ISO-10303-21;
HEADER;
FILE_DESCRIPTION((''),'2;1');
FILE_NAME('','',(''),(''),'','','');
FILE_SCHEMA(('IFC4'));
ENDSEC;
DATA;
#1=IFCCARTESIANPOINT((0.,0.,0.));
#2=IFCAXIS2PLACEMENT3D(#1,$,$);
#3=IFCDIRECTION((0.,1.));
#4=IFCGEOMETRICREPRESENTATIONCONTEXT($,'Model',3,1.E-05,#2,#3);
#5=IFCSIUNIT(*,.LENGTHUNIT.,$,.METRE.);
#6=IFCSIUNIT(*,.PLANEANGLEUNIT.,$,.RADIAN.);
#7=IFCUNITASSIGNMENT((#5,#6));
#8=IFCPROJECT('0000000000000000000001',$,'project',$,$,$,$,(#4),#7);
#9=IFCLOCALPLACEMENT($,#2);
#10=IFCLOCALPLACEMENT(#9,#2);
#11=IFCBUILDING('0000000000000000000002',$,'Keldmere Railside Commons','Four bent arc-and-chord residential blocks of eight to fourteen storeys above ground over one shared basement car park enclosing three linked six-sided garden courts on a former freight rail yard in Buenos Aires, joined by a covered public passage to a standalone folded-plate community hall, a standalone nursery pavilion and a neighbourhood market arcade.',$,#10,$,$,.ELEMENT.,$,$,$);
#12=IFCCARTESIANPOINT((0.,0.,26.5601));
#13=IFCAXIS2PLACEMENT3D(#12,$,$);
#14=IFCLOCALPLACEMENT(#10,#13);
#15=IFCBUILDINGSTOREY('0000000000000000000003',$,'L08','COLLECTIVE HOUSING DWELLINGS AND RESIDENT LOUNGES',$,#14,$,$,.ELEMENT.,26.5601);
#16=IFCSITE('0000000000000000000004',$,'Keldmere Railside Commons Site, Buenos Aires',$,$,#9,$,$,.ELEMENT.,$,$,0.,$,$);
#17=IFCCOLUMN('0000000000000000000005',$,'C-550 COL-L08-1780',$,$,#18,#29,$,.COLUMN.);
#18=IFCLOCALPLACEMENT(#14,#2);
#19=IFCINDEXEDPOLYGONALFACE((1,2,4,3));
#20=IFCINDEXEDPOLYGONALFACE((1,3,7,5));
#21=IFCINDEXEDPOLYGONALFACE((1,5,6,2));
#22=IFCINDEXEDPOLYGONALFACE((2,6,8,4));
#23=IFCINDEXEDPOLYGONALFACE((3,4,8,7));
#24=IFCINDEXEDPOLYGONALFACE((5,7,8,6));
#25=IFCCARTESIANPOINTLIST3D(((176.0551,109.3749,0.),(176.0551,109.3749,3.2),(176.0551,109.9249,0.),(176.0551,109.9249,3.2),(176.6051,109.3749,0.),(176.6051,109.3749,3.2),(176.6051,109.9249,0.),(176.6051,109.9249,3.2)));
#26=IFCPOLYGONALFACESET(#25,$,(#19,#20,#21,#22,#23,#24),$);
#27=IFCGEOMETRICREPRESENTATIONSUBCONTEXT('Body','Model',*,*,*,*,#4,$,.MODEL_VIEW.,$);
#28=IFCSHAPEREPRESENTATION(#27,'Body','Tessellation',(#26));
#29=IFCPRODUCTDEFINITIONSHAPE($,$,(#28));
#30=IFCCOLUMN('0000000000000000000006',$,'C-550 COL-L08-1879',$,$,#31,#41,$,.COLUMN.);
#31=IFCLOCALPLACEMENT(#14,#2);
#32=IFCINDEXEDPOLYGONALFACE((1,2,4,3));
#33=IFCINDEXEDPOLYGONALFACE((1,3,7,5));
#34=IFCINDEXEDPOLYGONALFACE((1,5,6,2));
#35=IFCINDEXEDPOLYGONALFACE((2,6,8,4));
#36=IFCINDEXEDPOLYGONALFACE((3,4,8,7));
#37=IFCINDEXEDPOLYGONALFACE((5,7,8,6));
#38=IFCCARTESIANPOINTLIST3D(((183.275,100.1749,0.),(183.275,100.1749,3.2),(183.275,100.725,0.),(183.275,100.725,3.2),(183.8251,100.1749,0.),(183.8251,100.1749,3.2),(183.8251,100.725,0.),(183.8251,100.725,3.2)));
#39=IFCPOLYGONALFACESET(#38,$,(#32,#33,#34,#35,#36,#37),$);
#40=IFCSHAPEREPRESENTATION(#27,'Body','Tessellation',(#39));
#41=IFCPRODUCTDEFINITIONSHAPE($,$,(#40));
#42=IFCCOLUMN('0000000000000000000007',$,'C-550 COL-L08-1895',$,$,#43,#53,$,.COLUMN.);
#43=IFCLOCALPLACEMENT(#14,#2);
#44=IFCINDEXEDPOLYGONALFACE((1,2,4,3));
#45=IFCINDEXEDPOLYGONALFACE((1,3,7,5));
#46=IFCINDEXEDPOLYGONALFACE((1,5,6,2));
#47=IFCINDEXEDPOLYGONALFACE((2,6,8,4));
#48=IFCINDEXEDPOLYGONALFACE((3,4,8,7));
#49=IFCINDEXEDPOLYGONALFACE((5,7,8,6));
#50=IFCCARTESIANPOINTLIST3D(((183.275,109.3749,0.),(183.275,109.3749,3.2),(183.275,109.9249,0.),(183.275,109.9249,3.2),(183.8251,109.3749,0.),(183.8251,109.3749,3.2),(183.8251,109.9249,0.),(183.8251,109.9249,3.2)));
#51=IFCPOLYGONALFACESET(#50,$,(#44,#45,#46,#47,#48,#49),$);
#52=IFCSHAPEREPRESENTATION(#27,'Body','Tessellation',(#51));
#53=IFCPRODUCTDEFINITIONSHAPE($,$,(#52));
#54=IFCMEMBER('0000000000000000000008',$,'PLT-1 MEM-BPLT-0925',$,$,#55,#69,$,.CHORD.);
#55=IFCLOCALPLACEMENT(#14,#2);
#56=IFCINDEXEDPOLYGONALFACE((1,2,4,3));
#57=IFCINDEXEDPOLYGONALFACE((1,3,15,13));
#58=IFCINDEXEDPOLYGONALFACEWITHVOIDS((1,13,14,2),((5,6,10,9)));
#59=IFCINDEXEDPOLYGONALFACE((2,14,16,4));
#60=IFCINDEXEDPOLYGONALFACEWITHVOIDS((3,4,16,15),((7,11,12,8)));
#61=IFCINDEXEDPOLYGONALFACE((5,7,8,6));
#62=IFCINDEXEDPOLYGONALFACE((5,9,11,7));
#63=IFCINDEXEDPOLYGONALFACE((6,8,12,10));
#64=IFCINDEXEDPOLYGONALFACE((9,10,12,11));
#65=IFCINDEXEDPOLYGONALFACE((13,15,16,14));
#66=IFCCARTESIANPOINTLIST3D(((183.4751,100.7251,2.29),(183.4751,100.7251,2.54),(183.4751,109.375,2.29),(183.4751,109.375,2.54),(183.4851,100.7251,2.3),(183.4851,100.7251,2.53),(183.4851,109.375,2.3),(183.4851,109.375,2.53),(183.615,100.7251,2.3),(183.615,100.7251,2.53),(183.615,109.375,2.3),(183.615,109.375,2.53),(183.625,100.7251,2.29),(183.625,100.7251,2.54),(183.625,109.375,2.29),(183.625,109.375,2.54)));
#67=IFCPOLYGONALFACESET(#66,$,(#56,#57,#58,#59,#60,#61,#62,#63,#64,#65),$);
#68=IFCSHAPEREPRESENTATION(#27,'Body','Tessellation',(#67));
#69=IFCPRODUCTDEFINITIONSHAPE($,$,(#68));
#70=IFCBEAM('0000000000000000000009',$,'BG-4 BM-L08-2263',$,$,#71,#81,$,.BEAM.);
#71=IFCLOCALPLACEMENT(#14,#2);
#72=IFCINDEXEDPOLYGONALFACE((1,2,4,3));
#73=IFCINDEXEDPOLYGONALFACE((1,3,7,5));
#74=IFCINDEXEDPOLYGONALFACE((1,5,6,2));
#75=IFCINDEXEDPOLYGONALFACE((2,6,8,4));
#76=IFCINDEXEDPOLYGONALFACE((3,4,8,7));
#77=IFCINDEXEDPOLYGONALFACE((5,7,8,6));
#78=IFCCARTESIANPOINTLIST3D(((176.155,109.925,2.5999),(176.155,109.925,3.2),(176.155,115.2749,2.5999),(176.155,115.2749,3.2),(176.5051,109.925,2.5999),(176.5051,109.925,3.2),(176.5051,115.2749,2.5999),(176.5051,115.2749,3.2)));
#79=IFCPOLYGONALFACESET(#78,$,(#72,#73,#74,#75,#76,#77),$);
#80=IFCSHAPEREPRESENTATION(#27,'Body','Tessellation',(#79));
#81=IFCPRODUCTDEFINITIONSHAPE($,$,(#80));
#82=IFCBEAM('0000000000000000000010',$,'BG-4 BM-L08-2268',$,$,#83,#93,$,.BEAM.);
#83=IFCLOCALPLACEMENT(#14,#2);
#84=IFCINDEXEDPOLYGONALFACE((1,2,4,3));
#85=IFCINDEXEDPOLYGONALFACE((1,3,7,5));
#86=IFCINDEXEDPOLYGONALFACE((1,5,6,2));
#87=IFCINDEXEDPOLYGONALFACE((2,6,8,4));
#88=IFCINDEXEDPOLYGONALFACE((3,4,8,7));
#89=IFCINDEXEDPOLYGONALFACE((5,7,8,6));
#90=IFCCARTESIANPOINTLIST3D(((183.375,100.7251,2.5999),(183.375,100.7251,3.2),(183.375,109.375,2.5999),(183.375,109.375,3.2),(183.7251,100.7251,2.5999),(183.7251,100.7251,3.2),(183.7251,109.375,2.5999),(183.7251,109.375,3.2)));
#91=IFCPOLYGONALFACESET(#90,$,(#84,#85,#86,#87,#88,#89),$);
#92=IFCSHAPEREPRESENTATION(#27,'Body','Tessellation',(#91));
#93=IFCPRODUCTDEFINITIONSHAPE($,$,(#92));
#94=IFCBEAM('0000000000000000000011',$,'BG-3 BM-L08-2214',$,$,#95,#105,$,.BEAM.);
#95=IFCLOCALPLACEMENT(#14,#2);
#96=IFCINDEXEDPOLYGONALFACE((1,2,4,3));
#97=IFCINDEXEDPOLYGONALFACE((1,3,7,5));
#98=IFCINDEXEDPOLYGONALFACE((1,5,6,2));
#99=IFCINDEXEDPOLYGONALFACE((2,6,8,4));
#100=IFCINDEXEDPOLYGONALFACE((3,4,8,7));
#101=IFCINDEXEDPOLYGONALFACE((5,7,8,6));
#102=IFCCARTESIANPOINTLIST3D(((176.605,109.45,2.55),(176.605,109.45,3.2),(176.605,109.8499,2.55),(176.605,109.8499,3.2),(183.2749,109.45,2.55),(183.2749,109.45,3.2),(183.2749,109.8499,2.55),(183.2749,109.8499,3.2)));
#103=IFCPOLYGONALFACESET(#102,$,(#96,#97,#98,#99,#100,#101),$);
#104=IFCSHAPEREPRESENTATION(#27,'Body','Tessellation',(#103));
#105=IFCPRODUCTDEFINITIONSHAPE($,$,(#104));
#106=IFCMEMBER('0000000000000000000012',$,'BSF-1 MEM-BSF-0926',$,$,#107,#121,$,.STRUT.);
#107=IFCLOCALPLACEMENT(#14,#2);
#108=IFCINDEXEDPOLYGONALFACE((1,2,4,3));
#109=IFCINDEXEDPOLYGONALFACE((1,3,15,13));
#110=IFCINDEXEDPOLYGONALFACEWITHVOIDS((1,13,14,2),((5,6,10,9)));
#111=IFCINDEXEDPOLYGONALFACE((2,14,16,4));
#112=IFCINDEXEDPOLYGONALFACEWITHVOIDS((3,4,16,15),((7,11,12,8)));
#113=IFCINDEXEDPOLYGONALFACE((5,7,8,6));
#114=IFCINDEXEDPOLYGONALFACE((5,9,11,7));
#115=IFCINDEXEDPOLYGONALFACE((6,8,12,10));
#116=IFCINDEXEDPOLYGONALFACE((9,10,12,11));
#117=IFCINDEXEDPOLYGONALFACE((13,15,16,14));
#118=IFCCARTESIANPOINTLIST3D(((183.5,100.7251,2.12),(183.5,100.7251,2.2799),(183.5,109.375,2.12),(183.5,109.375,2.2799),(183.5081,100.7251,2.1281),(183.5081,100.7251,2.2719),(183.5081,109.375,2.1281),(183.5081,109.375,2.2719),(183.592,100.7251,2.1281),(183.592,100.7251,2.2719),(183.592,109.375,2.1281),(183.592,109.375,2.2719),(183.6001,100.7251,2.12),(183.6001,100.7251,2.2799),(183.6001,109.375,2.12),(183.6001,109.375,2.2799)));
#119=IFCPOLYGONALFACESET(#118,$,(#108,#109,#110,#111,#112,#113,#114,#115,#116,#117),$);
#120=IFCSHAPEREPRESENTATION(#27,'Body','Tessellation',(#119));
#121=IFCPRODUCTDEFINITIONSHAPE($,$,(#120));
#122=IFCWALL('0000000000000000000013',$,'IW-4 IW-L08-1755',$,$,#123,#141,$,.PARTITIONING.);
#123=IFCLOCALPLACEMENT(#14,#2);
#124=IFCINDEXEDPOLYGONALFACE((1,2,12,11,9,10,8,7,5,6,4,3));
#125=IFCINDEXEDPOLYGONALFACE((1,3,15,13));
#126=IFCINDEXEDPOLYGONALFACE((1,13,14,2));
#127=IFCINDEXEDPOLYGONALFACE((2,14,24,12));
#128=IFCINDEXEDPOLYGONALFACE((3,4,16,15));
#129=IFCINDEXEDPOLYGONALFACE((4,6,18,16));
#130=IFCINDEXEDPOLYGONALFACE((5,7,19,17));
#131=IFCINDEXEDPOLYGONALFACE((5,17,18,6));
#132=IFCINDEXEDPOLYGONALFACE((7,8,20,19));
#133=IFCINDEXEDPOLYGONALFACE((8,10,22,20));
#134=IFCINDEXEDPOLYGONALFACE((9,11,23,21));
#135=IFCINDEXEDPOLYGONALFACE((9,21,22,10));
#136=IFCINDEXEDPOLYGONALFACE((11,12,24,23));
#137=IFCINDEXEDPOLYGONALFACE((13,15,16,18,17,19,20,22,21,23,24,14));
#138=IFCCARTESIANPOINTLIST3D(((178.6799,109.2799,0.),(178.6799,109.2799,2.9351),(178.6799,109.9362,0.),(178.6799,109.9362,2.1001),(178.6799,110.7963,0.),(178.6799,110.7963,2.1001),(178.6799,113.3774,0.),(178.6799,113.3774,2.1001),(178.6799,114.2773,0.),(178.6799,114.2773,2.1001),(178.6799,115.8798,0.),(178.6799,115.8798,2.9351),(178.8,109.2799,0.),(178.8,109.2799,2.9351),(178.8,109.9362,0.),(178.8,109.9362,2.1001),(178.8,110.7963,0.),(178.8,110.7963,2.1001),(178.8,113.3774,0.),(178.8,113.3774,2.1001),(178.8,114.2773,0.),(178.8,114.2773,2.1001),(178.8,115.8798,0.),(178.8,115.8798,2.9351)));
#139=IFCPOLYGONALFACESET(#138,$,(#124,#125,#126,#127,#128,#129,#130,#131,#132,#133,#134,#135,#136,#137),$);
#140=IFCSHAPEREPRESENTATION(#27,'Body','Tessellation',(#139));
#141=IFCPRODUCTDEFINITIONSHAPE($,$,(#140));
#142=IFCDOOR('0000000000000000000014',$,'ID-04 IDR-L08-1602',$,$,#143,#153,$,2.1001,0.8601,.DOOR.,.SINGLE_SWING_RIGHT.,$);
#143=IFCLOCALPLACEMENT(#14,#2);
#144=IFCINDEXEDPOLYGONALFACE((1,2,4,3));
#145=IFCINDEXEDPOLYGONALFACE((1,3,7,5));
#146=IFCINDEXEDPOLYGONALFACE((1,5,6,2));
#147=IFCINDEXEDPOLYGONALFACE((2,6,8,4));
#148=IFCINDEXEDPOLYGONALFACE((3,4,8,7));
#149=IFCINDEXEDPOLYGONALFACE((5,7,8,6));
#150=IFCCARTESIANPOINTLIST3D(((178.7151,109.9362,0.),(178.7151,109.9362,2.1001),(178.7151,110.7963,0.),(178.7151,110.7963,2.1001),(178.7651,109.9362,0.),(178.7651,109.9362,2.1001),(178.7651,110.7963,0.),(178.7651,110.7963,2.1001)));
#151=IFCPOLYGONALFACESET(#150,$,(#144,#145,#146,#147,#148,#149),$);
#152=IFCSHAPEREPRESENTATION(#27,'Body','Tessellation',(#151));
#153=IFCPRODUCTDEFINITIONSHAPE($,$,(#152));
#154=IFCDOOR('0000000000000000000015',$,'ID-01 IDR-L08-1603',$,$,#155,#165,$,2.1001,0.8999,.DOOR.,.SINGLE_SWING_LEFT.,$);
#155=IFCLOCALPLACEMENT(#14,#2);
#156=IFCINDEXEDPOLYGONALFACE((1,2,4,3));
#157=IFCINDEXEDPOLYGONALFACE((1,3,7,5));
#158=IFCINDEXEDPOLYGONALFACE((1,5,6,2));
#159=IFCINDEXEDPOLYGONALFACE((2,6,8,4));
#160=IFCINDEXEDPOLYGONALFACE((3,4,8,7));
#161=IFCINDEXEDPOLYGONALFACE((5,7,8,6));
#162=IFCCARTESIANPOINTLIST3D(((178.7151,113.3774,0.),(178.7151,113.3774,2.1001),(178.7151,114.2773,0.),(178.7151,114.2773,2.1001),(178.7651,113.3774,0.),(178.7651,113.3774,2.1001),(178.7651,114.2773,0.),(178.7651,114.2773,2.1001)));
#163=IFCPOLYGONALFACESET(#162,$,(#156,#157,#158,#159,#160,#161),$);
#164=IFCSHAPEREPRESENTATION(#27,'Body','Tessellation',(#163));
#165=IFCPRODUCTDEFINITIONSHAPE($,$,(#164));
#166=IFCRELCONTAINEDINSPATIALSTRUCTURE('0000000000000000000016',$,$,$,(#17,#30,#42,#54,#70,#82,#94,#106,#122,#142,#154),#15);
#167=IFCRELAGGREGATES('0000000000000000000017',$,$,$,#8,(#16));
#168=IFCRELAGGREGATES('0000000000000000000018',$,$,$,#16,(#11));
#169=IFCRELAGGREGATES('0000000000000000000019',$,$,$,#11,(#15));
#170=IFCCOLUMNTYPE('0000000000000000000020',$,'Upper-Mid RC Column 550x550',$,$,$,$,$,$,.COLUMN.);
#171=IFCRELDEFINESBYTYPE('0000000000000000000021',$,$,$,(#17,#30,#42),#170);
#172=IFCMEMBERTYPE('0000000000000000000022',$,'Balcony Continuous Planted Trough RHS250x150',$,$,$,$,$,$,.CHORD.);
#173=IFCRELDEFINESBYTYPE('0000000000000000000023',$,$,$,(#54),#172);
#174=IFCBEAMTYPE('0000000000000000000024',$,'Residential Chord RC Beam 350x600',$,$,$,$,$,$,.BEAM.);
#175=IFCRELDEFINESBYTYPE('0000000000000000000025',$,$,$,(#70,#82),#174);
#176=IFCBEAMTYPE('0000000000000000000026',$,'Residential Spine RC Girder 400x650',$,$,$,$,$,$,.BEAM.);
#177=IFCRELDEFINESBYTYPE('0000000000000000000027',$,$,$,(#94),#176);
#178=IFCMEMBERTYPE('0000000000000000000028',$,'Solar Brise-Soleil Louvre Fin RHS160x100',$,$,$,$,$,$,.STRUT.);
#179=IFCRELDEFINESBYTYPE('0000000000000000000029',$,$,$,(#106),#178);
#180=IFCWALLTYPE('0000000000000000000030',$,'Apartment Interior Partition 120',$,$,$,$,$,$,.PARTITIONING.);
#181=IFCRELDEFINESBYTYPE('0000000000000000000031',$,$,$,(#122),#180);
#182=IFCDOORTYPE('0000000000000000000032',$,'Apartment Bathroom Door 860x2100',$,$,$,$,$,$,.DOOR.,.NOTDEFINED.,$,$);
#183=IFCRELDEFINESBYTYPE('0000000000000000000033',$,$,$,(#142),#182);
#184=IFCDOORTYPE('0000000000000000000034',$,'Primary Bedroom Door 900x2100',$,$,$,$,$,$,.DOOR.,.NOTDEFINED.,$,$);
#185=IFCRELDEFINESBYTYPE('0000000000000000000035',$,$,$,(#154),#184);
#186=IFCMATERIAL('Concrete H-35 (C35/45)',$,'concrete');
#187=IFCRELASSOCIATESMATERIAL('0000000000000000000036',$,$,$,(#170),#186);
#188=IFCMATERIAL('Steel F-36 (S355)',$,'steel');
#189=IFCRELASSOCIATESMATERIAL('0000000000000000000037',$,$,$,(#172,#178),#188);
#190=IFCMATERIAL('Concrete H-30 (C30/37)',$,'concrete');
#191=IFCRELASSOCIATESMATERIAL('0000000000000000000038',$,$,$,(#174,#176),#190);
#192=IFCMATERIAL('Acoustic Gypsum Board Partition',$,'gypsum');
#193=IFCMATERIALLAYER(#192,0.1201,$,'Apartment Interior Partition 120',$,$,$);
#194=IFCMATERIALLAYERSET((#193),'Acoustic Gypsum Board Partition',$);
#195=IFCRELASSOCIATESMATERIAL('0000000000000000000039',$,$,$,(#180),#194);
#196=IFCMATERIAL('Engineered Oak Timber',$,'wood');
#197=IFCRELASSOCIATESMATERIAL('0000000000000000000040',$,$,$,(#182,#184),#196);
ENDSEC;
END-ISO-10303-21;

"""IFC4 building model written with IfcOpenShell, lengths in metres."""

from ifc_helpers import new_model, si_unit, direction, frame, frame_2d, origin, origin_2d, place, context, subcontext, project, spatial, rectangle, hollow_rectangle, extrude, material, layer, layer_set, material_profile, profile_set, type_object, element, fill, save


model = new_model("IFC4")

# Units and contexts
model_context = context("Model", 3, precision=1e-05, world=origin(), true_north=direction((0.0, 1.0)))
body_context = subcontext(model_context, "Body", "Model", "MODEL_VIEW")
ifc_project = project(units=[si_unit("LENGTHUNIT", "METRE"), si_unit("PLANEANGLEUNIT", "RADIAN")], contexts=[model_context])

# Site, building, storey
site_placement = place(None, origin())
site = spatial("IfcSite", under=ifc_project, at=site_placement, Name="Keldmere Railside Commons Site, Buenos Aires", CompositionType="ELEMENT", RefElevation=0.0)
building_placement = place(site_placement, origin())
building = spatial("IfcBuilding", under=site, at=building_placement, Name="Keldmere Railside Commons", Description="Four bent arc-and-chord residential blocks of eight to fourteen storeys above ground over one shared basement car park enclosing three linked six-sided garden courts on a former freight rail yard in Buenos Aires, joined by a covered public passage to a standalone folded-plate community hall, a standalone nursery pavilion and a neighbourhood market arcade.", CompositionType="ELEMENT")
storey_placement = place(building_placement, frame((0.0, 0.0, 26.5601)))
storey = spatial("IfcBuildingStorey", under=building, at=storey_placement, Name="L08", Description="COLLECTIVE HOUSING DWELLINGS AND RESIDENT LOUNGES", CompositionType="ELEMENT", Elevation=26.5601)

# Columns
ifc_material_1 = material(Name="Concrete H-35 (C35/45)", Category="concrete")
ifc_material_profile_1 = material_profile(ifc_material_1, rectangle(XDim=0.55, YDim=0.55, at=origin_2d()), Name="RC-550x550")
ifc_profile_set_1 = profile_set([ifc_material_profile_1], Name="Concrete H-35 (C35/45)")
column_type = type_object("IfcColumnType", Name="Upper-Mid RC Column 550x550", PredefinedType="COLUMN", material=ifc_profile_set_1)
for number, where, z_axis, x_axis, name in (
    (1, (176.3301, 109.6499, 0.0), (0.0, 0.0, 1.0), (1.0, 0.0, 0.0), "C-550 COL-L08-1780"),
    (2, (183.55, 100.45, 0.0), (0.0, 0.0, 1.0), (1.0, 0.0, 0.0), "C-550 COL-L08-1879"),
    (3, (183.55, 109.6499, 0.0), (0.0, 0.0, 1.0), (1.0, 0.0, 0.0), "C-550 COL-L08-1895"),
):
    element("IfcColumn", number, at=place(storey_placement, frame(where, z_axis=z_axis, x_axis=x_axis)), inside=storey, type_object=column_type, Name=name, PredefinedType="COLUMN", context=body_context, shape_type="SweptSolid", body=[
        extrude(rectangle(XDim=0.55, YDim=0.55, at=origin_2d()), origin(), (0.0, 0.0, 1.0), 3.2),
    ])

# Member
ifc_material_2 = material(Name="Steel F-36 (S355)", Category="steel")
ifc_material_profile_2 = material_profile(ifc_material_2, hollow_rectangle(XDim=0.1499, YDim=0.25, WallThickness=0.01, at=origin_2d()), Name="RHS-250x150x10")
ifc_profile_set_2 = profile_set([ifc_material_profile_2], Name="Steel F-36 (S355)")
member_type_1 = type_object("IfcMemberType", Name="Balcony Continuous Planted Trough RHS250x150", PredefinedType="CHORD", material=ifc_profile_set_2)
member_1_placement = place(storey_placement, frame((183.55, 100.7251, 2.415), z_axis=(0.0, 1.0, 0.0), x_axis=(-1.0, 0.0, 0.0)))
element("IfcMember", 4, at=member_1_placement, inside=storey, type_object=member_type_1, Name="PLT-1 MEM-BPLT-0925", PredefinedType="CHORD", context=body_context, shape_type="SweptSolid", body=[
    extrude(hollow_rectangle(XDim=0.1499, YDim=0.25, WallThickness=0.01, at=origin_2d()), origin(), (0.0, 0.0, 1.0), 8.6499),
])

# Beams
ifc_material_3 = material(Name="Concrete H-30 (C30/37)", Category="concrete")
ifc_material_profile_3 = material_profile(ifc_material_3, rectangle(XDim=0.3501, YDim=0.6001, at=origin_2d()), Name="RC-350x600")
ifc_profile_set_3 = profile_set([ifc_material_profile_3], Name="Concrete H-30 (C30/37)")
beam_type_1 = type_object("IfcBeamType", Name="Residential Chord RC Beam 350x600", PredefinedType="BEAM", material=ifc_profile_set_3)
beam_1_placement = place(storey_placement, frame((176.3301, 109.925, 2.8999), z_axis=(0.0, 1.0, 0.0), x_axis=(-1.0, 0.0, 0.0)))
element("IfcBeam", 5, at=beam_1_placement, inside=storey, type_object=beam_type_1, Name="BG-4 BM-L08-2263", PredefinedType="BEAM", context=body_context, shape_type="SweptSolid", body=[
    extrude(rectangle(XDim=0.3501, YDim=0.6001, at=origin_2d()), origin(), (0.0, 0.0, 1.0), 5.3499),
])
beam_2_placement = place(storey_placement, frame((183.55, 100.7251, 2.8999), z_axis=(0.0, 1.0, 0.0), x_axis=(-1.0, 0.0, 0.0)))
element("IfcBeam", 6, at=beam_2_placement, inside=storey, type_object=beam_type_1, Name="BG-4 BM-L08-2268", PredefinedType="BEAM", context=body_context, shape_type="SweptSolid", body=[
    extrude(rectangle(XDim=0.3501, YDim=0.6001, at=origin_2d()), origin(), (0.0, 0.0, 1.0), 8.6499),
])
ifc_material_profile_4 = material_profile(ifc_material_3, rectangle(XDim=0.3999, YDim=0.6499, at=origin_2d()), Name="RC-400x650")
ifc_profile_set_4 = profile_set([ifc_material_profile_4], Name="Concrete H-30 (C30/37)")
beam_type_2 = type_object("IfcBeamType", Name="Residential Spine RC Girder 400x650", PredefinedType="BEAM", material=ifc_profile_set_4)
beam_3_placement = place(storey_placement, frame((176.605, 109.6499, 2.875), z_axis=(1.0, 0.0, 0.0), x_axis=(0.0, 1.0, 0.0)))
element("IfcBeam", 7, at=beam_3_placement, inside=storey, type_object=beam_type_2, Name="BG-3 BM-L08-2214", PredefinedType="BEAM", context=body_context, shape_type="SweptSolid", body=[
    extrude(rectangle(XDim=0.3999, YDim=0.6499, at=origin_2d()), origin(), (0.0, 0.0, 1.0), 6.6699),
])

# Member
ifc_material_profile_5 = material_profile(ifc_material_2, hollow_rectangle(XDim=0.1001, YDim=0.1599, WallThickness=0.0081, at=origin_2d()), Name="RHS-160x100x8")
ifc_profile_set_5 = profile_set([ifc_material_profile_5], Name="Steel F-36 (S355)")
member_type_2 = type_object("IfcMemberType", Name="Solar Brise-Soleil Louvre Fin RHS160x100", PredefinedType="STRUT", material=ifc_profile_set_5)
member_2_placement = place(storey_placement, frame((183.55, 100.7251, 2.2), z_axis=(0.0, 1.0, 0.0), x_axis=(-1.0, 0.0, 0.0)))
element("IfcMember", 8, at=member_2_placement, inside=storey, type_object=member_type_2, Name="BSF-1 MEM-BSF-0926", PredefinedType="STRUT", context=body_context, shape_type="SweptSolid", body=[
    extrude(hollow_rectangle(XDim=0.1001, YDim=0.1599, WallThickness=0.0081, at=origin_2d()), origin(), (0.0, 0.0, 1.0), 8.6499),
])

# Wall, openings, doors
ifc_material_4 = material(Name="Acoustic Gypsum Board Partition", Category="gypsum")
ifc_layer_1 = layer(ifc_material_4, 0.1201, Name="Apartment Interior Partition 120")
ifc_layer_set_1 = layer_set([ifc_layer_1], Name="Acoustic Gypsum Board Partition")
wall_type_1 = type_object("IfcWallType", Name="Apartment Interior Partition 120", PredefinedType="PARTITIONING", material=ifc_layer_set_1)
wall_1_placement = place(storey_placement, frame((178.74, 109.28, 0.0), z_axis=(0.0, 0.0, 1.0), x_axis=(0.0, 1.0, 0.0)))
wall_1 = element("IfcWall", 9, at=wall_1_placement, inside=storey, type_object=wall_type_1, Name="IW-4 IW-L08-1755", PredefinedType="PARTITIONING", context=body_context, shape_type="SweptSolid", body=[
    extrude(rectangle(XDim=6.5999, YDim=0.1201, at=frame_2d((3.2998, 0.0))), origin(), (0.0, 0.0, 1.0), 2.9351),
])
opening_1_placement = place(wall_1_placement, frame((0.656, 0.0, 0.0)))
opening_1 = element("IfcOpeningElement", 10, at=opening_1_placement, cuts=wall_1, PredefinedType="OPENING", context=body_context, shape_type="SweptSolid", body=[
    extrude(rectangle(XDim=0.8601, YDim=2.1001, at=frame_2d((0.4302, 1.05))), frame((0.0, 0.0701, 0.0), z_axis=(0.0, -1.0, 0.0), x_axis=(1.0, 0.0, 0.0)), (0.0, 0.0, 1.0), 0.1401),
])
opening_2_placement = place(wall_1_placement, frame((4.0974, 0.0, 0.0)))
opening_2 = element("IfcOpeningElement", 11, at=opening_2_placement, cuts=wall_1, PredefinedType="OPENING", context=body_context, shape_type="SweptSolid", body=[
    extrude(rectangle(XDim=0.8999, YDim=2.1001, at=frame_2d((0.45, 1.05))), frame((0.0, 0.0701, 0.0), z_axis=(0.0, -1.0, 0.0), x_axis=(1.0, 0.0, 0.0)), (0.0, 0.0, 1.0), 0.1401),
])
ifc_material_5 = material(Name="Engineered Oak Timber", Category="wood")
door_type_1 = type_object("IfcDoorType", Name="Apartment Bathroom Door 860x2100", OperationType="NOTDEFINED", PredefinedType="DOOR", material=ifc_material_5)
door_1_placement = place(opening_1_placement, origin())
door_1 = element("IfcDoor", 12, at=door_1_placement, inside=storey, type_object=door_type_1, Name="ID-04 IDR-L08-1602", OperationType="SINGLE_SWING_RIGHT", OverallHeight=2.1001, OverallWidth=0.8601, PredefinedType="DOOR", context=body_context, shape_type="SweptSolid", body=[
    extrude(rectangle(XDim=0.8601, YDim=2.1001, at=frame_2d((0.4302, 1.05))), frame((0.0, 0.0249, 0.0), z_axis=(0.0, -1.0, 0.0), x_axis=(1.0, 0.0, 0.0)), (0.0, 0.0, 1.0), 0.05),
])
fill(opening_1, door_1)
door_type_2 = type_object("IfcDoorType", Name="Primary Bedroom Door 900x2100", OperationType="NOTDEFINED", PredefinedType="DOOR", material=ifc_material_5)
door_2_placement = place(opening_2_placement, origin())
door_2 = element("IfcDoor", 13, at=door_2_placement, inside=storey, type_object=door_type_2, Name="ID-01 IDR-L08-1603", OperationType="SINGLE_SWING_LEFT", OverallHeight=2.1001, OverallWidth=0.8999, PredefinedType="DOOR", context=body_context, shape_type="SweptSolid", body=[
    extrude(rectangle(XDim=0.8999, YDim=2.1001, at=frame_2d((0.45, 1.05))), frame((0.0, 0.0249, 0.0), z_axis=(0.0, -1.0, 0.0), x_axis=(1.0, 0.0, 0.0)), (0.0, 0.0, 1.0), 0.05),
])
fill(opening_2, door_2)

save(model, "model.ifc")
